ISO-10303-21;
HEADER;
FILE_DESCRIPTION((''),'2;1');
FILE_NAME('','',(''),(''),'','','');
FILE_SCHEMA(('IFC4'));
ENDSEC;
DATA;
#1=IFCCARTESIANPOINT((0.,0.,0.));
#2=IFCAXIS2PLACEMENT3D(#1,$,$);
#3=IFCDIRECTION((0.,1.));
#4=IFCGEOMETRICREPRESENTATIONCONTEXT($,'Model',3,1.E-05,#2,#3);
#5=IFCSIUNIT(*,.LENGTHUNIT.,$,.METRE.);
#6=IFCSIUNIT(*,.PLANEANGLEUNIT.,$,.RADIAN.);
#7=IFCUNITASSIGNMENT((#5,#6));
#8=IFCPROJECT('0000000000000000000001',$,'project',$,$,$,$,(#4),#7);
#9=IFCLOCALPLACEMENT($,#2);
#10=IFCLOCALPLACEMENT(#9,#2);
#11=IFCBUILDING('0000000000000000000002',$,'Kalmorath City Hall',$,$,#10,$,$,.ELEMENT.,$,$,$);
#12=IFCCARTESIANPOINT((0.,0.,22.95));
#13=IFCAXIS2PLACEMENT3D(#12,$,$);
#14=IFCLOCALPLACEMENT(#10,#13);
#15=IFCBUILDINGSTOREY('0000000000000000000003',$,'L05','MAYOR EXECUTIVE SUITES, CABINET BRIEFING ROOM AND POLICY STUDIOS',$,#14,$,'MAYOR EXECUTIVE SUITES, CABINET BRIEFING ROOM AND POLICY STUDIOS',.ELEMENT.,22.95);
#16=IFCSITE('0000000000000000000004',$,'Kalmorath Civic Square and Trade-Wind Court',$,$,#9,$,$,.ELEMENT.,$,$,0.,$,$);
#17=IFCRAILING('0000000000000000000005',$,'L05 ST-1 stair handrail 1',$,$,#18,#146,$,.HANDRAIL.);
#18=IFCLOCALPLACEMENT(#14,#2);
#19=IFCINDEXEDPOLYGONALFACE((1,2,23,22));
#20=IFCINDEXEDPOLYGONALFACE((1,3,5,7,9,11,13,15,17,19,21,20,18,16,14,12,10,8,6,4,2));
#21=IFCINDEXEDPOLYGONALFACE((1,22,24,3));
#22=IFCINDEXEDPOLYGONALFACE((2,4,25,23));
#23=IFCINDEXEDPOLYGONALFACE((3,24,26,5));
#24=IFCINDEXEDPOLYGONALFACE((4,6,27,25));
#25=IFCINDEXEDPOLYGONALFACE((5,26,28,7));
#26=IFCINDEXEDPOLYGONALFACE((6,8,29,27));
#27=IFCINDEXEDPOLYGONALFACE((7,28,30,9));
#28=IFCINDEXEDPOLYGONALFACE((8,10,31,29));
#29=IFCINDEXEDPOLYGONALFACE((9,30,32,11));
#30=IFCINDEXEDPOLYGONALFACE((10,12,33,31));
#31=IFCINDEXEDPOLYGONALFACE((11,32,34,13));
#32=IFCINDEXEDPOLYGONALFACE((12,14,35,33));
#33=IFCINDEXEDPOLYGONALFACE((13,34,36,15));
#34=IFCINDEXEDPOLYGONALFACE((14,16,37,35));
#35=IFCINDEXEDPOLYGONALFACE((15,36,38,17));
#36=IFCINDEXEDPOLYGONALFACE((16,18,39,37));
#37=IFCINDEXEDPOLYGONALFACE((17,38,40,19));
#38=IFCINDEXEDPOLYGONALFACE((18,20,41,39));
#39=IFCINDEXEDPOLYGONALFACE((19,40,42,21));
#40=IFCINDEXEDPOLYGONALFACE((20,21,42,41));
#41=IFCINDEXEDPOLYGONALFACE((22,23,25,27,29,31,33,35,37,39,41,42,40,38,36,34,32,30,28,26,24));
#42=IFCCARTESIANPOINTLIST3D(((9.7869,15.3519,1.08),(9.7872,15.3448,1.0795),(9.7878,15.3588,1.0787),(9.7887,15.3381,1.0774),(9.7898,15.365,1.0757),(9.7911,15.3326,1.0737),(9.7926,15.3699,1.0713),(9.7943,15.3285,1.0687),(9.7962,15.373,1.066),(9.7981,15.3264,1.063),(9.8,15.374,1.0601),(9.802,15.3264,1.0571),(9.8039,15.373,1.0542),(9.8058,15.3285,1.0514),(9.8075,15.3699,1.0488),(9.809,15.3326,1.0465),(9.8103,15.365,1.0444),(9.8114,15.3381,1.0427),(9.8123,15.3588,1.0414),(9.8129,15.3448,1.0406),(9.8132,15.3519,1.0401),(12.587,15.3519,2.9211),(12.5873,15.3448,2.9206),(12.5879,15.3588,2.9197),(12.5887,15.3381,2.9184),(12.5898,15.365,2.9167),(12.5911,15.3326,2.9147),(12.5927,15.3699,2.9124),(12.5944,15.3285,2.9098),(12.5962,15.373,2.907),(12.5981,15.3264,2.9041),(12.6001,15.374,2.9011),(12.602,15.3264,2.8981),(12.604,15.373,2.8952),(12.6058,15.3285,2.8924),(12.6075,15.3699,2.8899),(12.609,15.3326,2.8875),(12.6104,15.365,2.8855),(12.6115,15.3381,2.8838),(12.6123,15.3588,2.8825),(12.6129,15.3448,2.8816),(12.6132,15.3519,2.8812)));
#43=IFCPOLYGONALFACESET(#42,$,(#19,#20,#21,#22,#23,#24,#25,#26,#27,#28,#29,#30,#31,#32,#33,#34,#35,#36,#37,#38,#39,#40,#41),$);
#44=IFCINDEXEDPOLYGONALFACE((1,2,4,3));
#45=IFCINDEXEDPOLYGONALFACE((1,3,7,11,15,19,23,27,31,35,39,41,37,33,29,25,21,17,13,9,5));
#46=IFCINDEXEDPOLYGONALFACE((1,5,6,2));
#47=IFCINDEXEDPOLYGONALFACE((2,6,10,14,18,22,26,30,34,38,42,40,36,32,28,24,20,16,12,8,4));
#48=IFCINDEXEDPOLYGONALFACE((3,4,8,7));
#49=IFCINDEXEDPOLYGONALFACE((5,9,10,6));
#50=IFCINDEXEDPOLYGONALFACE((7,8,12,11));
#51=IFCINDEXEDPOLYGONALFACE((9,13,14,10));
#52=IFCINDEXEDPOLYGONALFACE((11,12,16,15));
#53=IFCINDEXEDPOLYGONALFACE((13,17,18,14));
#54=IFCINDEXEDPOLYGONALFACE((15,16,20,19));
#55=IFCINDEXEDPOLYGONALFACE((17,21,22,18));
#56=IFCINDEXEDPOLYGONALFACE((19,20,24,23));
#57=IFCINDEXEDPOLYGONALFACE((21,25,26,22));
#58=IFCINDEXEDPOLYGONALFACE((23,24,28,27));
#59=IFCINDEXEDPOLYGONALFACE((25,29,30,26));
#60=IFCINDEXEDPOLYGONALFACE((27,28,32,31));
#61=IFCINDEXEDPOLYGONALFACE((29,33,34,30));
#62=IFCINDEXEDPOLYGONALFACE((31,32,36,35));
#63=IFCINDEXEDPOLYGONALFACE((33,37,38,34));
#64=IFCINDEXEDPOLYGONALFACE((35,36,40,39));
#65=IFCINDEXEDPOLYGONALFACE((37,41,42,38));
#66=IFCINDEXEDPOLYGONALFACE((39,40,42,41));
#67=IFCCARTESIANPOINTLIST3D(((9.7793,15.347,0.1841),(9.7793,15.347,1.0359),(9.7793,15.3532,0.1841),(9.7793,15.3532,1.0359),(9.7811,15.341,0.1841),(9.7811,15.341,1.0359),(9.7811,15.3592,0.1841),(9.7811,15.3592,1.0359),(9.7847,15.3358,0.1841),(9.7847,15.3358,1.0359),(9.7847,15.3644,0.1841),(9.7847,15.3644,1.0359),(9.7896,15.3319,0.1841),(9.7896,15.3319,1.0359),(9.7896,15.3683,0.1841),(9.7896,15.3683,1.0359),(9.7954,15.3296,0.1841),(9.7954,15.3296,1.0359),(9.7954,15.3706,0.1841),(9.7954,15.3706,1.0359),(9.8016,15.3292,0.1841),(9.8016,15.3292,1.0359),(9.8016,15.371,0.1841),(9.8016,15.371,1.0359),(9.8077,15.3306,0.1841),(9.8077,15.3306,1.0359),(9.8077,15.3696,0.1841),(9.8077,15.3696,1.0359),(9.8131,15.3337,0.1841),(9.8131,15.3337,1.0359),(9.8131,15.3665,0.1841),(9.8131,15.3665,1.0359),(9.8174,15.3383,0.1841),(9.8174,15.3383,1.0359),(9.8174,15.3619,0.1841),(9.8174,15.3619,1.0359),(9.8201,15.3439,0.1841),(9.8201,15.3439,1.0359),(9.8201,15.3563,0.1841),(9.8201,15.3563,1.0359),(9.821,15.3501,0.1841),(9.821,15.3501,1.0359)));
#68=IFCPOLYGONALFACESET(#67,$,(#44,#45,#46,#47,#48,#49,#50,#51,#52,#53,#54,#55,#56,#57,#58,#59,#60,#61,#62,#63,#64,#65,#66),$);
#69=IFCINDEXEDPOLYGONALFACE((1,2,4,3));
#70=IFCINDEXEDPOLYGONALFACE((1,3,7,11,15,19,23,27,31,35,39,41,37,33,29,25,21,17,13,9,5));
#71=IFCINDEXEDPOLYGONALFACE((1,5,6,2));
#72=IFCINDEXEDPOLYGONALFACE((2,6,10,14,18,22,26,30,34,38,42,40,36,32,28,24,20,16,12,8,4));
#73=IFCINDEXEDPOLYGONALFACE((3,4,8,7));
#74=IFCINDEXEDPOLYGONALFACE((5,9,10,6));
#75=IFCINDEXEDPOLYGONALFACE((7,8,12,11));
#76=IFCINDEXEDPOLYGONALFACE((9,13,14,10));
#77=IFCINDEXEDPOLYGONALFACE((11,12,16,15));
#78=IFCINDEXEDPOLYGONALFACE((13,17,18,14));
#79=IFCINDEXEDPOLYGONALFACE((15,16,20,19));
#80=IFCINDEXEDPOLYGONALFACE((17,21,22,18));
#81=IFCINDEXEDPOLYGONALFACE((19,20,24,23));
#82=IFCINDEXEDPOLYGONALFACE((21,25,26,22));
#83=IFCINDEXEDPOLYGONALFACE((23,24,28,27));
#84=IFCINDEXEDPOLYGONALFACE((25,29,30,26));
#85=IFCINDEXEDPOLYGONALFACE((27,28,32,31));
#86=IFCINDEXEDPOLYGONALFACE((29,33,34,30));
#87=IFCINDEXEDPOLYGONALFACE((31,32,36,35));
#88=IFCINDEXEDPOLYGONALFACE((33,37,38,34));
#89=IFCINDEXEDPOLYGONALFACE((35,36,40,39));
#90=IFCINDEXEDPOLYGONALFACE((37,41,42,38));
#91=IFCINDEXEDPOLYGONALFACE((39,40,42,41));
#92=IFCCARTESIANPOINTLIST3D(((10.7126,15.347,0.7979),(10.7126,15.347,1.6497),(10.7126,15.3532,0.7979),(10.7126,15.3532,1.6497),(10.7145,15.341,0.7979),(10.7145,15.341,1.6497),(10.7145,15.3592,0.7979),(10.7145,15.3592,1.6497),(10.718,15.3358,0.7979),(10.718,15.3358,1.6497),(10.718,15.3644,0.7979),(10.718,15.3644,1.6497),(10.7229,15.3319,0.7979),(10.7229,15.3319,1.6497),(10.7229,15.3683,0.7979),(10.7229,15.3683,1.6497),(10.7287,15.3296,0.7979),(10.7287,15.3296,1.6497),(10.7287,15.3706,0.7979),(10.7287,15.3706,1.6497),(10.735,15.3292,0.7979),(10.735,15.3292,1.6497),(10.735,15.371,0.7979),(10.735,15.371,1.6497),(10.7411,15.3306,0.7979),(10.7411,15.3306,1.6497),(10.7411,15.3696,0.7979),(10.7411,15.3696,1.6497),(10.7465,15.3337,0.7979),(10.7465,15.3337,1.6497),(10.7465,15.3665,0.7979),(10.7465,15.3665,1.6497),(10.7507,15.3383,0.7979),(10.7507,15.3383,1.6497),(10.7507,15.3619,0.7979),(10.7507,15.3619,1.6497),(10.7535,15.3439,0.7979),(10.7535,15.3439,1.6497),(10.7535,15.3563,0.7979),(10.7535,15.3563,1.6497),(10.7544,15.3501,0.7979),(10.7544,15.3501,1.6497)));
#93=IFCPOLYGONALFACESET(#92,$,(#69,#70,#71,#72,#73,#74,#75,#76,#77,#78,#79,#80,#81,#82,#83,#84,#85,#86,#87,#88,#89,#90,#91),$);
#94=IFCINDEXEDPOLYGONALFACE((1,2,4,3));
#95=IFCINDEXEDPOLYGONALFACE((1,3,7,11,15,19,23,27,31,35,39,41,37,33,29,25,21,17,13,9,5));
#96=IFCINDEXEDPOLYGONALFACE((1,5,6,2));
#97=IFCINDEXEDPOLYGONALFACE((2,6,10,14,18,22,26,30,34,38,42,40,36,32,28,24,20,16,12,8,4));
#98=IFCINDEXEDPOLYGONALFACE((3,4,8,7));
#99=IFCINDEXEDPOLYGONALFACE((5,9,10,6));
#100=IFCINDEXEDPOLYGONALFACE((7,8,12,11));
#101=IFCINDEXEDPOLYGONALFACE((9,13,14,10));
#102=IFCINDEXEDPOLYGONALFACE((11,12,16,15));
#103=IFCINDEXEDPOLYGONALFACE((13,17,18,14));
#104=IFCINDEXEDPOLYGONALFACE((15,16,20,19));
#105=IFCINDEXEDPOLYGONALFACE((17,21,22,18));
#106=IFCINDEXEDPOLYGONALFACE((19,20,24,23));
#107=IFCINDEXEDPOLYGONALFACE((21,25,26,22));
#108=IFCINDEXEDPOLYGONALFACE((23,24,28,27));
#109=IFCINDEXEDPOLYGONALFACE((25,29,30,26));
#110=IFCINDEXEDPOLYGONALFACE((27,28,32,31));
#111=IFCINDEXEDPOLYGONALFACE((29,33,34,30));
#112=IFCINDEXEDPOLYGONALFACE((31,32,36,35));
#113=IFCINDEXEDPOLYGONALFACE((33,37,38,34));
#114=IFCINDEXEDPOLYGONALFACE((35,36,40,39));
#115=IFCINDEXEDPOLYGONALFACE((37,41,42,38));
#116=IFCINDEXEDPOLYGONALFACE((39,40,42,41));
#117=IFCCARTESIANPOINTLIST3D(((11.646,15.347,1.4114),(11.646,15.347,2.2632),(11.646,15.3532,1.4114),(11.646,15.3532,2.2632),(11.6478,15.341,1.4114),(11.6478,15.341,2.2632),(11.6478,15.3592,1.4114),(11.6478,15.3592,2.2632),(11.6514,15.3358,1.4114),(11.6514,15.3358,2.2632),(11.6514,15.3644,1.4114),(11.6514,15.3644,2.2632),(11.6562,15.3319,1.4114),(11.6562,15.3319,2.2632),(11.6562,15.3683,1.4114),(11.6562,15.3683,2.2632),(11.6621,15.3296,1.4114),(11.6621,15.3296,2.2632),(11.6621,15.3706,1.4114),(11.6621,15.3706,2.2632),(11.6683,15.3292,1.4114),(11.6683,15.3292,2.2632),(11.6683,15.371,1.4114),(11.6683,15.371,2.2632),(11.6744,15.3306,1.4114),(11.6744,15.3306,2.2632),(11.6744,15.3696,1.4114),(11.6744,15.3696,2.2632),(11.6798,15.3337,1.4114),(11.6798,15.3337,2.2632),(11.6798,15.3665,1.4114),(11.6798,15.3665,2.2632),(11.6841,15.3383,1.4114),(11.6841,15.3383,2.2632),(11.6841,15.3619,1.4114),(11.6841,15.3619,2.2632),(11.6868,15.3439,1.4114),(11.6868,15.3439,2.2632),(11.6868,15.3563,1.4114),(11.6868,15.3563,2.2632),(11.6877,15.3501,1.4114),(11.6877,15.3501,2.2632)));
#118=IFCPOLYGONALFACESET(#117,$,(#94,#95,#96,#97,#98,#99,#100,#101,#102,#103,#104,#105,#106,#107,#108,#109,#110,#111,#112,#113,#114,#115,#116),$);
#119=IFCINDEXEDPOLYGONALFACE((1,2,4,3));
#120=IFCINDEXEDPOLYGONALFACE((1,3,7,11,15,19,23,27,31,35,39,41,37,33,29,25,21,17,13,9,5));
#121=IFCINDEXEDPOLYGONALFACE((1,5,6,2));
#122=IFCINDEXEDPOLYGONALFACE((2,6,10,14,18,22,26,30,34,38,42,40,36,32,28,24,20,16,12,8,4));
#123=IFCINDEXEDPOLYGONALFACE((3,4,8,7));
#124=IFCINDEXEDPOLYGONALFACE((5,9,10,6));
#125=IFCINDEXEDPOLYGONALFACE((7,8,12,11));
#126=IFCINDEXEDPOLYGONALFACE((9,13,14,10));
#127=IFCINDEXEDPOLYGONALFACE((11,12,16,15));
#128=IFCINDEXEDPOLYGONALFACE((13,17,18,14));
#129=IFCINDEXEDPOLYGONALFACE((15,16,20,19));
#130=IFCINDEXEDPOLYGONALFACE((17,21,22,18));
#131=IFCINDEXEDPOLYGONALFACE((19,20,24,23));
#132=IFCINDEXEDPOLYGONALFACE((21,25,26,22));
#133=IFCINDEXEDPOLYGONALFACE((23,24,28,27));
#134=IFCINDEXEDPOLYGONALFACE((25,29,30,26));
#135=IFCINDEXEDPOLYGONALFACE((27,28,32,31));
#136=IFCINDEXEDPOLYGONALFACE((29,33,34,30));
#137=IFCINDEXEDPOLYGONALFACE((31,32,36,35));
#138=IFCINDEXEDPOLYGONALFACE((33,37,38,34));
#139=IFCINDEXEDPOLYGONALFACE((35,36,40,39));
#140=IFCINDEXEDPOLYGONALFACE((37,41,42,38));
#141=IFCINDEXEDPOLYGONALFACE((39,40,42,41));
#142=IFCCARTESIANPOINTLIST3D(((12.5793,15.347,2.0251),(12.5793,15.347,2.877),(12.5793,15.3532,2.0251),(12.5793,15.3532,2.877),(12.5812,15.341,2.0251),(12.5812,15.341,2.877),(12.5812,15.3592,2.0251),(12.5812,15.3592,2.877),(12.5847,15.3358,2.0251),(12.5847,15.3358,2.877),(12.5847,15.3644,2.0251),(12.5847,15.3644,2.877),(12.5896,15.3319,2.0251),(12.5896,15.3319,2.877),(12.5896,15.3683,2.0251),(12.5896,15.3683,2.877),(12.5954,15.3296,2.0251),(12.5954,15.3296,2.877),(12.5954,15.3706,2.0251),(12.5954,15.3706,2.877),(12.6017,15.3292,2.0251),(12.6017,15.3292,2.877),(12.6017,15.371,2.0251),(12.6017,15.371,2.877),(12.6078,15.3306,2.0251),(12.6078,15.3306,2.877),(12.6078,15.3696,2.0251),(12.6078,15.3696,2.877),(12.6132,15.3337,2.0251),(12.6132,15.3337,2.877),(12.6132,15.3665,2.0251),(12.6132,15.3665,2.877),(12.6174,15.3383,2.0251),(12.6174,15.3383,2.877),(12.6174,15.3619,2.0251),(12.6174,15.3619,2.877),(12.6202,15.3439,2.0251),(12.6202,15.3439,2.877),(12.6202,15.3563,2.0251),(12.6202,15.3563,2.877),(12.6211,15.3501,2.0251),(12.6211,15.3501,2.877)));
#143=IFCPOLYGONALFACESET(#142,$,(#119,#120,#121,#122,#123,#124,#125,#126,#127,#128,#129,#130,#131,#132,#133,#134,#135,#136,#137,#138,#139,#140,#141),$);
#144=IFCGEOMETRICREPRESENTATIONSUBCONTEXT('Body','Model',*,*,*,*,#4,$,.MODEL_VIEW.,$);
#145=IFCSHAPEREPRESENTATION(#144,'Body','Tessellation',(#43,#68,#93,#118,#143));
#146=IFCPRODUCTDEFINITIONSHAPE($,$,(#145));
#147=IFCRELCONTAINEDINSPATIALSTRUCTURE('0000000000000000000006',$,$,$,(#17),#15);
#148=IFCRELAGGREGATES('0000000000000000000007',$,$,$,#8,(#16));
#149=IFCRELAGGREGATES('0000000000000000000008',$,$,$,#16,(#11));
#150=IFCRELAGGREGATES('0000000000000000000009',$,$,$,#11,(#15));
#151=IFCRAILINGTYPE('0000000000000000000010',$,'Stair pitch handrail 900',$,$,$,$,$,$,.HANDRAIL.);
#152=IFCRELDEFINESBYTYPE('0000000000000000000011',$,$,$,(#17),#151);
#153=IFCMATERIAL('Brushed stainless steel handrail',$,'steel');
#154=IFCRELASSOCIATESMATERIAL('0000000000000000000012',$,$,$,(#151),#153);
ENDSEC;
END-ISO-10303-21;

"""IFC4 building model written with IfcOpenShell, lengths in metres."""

from ifc_helpers import new_model, si_unit, direction, frame, origin, origin_2d, place, context, subcontext, project, spatial, circle, extrude, material, type_object, element, save


model = new_model("IFC4")

# Units and contexts
model_context = context("Model", 3, precision=1e-05, world=origin(), true_north=direction((0.0, 1.0)))
body_context = subcontext(model_context, "Body", "Model", "MODEL_VIEW")
ifc_project = project(units=[si_unit("LENGTHUNIT", "METRE"), si_unit("PLANEANGLEUNIT", "RADIAN")], contexts=[model_context])

# Site, building, storey
site_placement = place(None, origin())
site = spatial("IfcSite", under=ifc_project, at=site_placement, Name="Kalmorath Civic Square and Trade-Wind Court", CompositionType="ELEMENT", RefElevation=0.0)
building_placement = place(site_placement, origin())
building = spatial("IfcBuilding", under=site, at=building_placement, Name="Kalmorath City Hall", CompositionType="ELEMENT")
storey_placement = place(building_placement, frame((0.0, 0.0, 22.95)))
storey = spatial("IfcBuildingStorey", under=building, at=storey_placement, Name="L05", Description="MAYOR EXECUTIVE SUITES, CABINET BRIEFING ROOM AND POLICY STUDIOS", LongName="MAYOR EXECUTIVE SUITES, CABINET BRIEFING ROOM AND POLICY STUDIOS", CompositionType="ELEMENT", Elevation=22.95)

# Railing
ifc_material_1 = material(Name="Brushed stainless steel handrail", Category="steel")
railing_type_1 = type_object("IfcRailingType", Name="Stair pitch handrail 900", PredefinedType="HANDRAIL", material=ifc_material_1)
railing_1_placement = place(storey_placement, frame((9.8, 15.3501, 0.1841)))
element("IfcRailing", 1, at=railing_1_placement, inside=storey, type_object=railing_type_1, Name="L05 ST-1 stair handrail 1", PredefinedType="HANDRAIL", context=body_context, shape_type="SweptSolid", body=[
    extrude(circle(Radius=0.0239, at=origin_2d()), frame((0.0, 0.0, 0.876), z_axis=(0.835564, 0.0, 0.549393), x_axis=(0.0, 1.0, 0.0)), (0.0, 0.0, 1.0), 3.3511),
    extrude(circle(Radius=0.021, at=origin_2d()), origin(), (0.0, 0.0, 1.0), 0.8518),
    extrude(circle(Radius=0.021, at=origin_2d()), frame((0.9333, 0.0, 0.6138)), (0.0, 0.0, 1.0), 0.8518),
    extrude(circle(Radius=0.021, at=origin_2d()), frame((1.8667, 0.0, 1.2273)), (0.0, 0.0, 1.0), 0.8518),
    extrude(circle(Radius=0.021, at=origin_2d()), frame((2.8, 0.0, 1.8411)), (0.0, 0.0, 1.0), 0.8518),
])

save(model, "model.ifc")
